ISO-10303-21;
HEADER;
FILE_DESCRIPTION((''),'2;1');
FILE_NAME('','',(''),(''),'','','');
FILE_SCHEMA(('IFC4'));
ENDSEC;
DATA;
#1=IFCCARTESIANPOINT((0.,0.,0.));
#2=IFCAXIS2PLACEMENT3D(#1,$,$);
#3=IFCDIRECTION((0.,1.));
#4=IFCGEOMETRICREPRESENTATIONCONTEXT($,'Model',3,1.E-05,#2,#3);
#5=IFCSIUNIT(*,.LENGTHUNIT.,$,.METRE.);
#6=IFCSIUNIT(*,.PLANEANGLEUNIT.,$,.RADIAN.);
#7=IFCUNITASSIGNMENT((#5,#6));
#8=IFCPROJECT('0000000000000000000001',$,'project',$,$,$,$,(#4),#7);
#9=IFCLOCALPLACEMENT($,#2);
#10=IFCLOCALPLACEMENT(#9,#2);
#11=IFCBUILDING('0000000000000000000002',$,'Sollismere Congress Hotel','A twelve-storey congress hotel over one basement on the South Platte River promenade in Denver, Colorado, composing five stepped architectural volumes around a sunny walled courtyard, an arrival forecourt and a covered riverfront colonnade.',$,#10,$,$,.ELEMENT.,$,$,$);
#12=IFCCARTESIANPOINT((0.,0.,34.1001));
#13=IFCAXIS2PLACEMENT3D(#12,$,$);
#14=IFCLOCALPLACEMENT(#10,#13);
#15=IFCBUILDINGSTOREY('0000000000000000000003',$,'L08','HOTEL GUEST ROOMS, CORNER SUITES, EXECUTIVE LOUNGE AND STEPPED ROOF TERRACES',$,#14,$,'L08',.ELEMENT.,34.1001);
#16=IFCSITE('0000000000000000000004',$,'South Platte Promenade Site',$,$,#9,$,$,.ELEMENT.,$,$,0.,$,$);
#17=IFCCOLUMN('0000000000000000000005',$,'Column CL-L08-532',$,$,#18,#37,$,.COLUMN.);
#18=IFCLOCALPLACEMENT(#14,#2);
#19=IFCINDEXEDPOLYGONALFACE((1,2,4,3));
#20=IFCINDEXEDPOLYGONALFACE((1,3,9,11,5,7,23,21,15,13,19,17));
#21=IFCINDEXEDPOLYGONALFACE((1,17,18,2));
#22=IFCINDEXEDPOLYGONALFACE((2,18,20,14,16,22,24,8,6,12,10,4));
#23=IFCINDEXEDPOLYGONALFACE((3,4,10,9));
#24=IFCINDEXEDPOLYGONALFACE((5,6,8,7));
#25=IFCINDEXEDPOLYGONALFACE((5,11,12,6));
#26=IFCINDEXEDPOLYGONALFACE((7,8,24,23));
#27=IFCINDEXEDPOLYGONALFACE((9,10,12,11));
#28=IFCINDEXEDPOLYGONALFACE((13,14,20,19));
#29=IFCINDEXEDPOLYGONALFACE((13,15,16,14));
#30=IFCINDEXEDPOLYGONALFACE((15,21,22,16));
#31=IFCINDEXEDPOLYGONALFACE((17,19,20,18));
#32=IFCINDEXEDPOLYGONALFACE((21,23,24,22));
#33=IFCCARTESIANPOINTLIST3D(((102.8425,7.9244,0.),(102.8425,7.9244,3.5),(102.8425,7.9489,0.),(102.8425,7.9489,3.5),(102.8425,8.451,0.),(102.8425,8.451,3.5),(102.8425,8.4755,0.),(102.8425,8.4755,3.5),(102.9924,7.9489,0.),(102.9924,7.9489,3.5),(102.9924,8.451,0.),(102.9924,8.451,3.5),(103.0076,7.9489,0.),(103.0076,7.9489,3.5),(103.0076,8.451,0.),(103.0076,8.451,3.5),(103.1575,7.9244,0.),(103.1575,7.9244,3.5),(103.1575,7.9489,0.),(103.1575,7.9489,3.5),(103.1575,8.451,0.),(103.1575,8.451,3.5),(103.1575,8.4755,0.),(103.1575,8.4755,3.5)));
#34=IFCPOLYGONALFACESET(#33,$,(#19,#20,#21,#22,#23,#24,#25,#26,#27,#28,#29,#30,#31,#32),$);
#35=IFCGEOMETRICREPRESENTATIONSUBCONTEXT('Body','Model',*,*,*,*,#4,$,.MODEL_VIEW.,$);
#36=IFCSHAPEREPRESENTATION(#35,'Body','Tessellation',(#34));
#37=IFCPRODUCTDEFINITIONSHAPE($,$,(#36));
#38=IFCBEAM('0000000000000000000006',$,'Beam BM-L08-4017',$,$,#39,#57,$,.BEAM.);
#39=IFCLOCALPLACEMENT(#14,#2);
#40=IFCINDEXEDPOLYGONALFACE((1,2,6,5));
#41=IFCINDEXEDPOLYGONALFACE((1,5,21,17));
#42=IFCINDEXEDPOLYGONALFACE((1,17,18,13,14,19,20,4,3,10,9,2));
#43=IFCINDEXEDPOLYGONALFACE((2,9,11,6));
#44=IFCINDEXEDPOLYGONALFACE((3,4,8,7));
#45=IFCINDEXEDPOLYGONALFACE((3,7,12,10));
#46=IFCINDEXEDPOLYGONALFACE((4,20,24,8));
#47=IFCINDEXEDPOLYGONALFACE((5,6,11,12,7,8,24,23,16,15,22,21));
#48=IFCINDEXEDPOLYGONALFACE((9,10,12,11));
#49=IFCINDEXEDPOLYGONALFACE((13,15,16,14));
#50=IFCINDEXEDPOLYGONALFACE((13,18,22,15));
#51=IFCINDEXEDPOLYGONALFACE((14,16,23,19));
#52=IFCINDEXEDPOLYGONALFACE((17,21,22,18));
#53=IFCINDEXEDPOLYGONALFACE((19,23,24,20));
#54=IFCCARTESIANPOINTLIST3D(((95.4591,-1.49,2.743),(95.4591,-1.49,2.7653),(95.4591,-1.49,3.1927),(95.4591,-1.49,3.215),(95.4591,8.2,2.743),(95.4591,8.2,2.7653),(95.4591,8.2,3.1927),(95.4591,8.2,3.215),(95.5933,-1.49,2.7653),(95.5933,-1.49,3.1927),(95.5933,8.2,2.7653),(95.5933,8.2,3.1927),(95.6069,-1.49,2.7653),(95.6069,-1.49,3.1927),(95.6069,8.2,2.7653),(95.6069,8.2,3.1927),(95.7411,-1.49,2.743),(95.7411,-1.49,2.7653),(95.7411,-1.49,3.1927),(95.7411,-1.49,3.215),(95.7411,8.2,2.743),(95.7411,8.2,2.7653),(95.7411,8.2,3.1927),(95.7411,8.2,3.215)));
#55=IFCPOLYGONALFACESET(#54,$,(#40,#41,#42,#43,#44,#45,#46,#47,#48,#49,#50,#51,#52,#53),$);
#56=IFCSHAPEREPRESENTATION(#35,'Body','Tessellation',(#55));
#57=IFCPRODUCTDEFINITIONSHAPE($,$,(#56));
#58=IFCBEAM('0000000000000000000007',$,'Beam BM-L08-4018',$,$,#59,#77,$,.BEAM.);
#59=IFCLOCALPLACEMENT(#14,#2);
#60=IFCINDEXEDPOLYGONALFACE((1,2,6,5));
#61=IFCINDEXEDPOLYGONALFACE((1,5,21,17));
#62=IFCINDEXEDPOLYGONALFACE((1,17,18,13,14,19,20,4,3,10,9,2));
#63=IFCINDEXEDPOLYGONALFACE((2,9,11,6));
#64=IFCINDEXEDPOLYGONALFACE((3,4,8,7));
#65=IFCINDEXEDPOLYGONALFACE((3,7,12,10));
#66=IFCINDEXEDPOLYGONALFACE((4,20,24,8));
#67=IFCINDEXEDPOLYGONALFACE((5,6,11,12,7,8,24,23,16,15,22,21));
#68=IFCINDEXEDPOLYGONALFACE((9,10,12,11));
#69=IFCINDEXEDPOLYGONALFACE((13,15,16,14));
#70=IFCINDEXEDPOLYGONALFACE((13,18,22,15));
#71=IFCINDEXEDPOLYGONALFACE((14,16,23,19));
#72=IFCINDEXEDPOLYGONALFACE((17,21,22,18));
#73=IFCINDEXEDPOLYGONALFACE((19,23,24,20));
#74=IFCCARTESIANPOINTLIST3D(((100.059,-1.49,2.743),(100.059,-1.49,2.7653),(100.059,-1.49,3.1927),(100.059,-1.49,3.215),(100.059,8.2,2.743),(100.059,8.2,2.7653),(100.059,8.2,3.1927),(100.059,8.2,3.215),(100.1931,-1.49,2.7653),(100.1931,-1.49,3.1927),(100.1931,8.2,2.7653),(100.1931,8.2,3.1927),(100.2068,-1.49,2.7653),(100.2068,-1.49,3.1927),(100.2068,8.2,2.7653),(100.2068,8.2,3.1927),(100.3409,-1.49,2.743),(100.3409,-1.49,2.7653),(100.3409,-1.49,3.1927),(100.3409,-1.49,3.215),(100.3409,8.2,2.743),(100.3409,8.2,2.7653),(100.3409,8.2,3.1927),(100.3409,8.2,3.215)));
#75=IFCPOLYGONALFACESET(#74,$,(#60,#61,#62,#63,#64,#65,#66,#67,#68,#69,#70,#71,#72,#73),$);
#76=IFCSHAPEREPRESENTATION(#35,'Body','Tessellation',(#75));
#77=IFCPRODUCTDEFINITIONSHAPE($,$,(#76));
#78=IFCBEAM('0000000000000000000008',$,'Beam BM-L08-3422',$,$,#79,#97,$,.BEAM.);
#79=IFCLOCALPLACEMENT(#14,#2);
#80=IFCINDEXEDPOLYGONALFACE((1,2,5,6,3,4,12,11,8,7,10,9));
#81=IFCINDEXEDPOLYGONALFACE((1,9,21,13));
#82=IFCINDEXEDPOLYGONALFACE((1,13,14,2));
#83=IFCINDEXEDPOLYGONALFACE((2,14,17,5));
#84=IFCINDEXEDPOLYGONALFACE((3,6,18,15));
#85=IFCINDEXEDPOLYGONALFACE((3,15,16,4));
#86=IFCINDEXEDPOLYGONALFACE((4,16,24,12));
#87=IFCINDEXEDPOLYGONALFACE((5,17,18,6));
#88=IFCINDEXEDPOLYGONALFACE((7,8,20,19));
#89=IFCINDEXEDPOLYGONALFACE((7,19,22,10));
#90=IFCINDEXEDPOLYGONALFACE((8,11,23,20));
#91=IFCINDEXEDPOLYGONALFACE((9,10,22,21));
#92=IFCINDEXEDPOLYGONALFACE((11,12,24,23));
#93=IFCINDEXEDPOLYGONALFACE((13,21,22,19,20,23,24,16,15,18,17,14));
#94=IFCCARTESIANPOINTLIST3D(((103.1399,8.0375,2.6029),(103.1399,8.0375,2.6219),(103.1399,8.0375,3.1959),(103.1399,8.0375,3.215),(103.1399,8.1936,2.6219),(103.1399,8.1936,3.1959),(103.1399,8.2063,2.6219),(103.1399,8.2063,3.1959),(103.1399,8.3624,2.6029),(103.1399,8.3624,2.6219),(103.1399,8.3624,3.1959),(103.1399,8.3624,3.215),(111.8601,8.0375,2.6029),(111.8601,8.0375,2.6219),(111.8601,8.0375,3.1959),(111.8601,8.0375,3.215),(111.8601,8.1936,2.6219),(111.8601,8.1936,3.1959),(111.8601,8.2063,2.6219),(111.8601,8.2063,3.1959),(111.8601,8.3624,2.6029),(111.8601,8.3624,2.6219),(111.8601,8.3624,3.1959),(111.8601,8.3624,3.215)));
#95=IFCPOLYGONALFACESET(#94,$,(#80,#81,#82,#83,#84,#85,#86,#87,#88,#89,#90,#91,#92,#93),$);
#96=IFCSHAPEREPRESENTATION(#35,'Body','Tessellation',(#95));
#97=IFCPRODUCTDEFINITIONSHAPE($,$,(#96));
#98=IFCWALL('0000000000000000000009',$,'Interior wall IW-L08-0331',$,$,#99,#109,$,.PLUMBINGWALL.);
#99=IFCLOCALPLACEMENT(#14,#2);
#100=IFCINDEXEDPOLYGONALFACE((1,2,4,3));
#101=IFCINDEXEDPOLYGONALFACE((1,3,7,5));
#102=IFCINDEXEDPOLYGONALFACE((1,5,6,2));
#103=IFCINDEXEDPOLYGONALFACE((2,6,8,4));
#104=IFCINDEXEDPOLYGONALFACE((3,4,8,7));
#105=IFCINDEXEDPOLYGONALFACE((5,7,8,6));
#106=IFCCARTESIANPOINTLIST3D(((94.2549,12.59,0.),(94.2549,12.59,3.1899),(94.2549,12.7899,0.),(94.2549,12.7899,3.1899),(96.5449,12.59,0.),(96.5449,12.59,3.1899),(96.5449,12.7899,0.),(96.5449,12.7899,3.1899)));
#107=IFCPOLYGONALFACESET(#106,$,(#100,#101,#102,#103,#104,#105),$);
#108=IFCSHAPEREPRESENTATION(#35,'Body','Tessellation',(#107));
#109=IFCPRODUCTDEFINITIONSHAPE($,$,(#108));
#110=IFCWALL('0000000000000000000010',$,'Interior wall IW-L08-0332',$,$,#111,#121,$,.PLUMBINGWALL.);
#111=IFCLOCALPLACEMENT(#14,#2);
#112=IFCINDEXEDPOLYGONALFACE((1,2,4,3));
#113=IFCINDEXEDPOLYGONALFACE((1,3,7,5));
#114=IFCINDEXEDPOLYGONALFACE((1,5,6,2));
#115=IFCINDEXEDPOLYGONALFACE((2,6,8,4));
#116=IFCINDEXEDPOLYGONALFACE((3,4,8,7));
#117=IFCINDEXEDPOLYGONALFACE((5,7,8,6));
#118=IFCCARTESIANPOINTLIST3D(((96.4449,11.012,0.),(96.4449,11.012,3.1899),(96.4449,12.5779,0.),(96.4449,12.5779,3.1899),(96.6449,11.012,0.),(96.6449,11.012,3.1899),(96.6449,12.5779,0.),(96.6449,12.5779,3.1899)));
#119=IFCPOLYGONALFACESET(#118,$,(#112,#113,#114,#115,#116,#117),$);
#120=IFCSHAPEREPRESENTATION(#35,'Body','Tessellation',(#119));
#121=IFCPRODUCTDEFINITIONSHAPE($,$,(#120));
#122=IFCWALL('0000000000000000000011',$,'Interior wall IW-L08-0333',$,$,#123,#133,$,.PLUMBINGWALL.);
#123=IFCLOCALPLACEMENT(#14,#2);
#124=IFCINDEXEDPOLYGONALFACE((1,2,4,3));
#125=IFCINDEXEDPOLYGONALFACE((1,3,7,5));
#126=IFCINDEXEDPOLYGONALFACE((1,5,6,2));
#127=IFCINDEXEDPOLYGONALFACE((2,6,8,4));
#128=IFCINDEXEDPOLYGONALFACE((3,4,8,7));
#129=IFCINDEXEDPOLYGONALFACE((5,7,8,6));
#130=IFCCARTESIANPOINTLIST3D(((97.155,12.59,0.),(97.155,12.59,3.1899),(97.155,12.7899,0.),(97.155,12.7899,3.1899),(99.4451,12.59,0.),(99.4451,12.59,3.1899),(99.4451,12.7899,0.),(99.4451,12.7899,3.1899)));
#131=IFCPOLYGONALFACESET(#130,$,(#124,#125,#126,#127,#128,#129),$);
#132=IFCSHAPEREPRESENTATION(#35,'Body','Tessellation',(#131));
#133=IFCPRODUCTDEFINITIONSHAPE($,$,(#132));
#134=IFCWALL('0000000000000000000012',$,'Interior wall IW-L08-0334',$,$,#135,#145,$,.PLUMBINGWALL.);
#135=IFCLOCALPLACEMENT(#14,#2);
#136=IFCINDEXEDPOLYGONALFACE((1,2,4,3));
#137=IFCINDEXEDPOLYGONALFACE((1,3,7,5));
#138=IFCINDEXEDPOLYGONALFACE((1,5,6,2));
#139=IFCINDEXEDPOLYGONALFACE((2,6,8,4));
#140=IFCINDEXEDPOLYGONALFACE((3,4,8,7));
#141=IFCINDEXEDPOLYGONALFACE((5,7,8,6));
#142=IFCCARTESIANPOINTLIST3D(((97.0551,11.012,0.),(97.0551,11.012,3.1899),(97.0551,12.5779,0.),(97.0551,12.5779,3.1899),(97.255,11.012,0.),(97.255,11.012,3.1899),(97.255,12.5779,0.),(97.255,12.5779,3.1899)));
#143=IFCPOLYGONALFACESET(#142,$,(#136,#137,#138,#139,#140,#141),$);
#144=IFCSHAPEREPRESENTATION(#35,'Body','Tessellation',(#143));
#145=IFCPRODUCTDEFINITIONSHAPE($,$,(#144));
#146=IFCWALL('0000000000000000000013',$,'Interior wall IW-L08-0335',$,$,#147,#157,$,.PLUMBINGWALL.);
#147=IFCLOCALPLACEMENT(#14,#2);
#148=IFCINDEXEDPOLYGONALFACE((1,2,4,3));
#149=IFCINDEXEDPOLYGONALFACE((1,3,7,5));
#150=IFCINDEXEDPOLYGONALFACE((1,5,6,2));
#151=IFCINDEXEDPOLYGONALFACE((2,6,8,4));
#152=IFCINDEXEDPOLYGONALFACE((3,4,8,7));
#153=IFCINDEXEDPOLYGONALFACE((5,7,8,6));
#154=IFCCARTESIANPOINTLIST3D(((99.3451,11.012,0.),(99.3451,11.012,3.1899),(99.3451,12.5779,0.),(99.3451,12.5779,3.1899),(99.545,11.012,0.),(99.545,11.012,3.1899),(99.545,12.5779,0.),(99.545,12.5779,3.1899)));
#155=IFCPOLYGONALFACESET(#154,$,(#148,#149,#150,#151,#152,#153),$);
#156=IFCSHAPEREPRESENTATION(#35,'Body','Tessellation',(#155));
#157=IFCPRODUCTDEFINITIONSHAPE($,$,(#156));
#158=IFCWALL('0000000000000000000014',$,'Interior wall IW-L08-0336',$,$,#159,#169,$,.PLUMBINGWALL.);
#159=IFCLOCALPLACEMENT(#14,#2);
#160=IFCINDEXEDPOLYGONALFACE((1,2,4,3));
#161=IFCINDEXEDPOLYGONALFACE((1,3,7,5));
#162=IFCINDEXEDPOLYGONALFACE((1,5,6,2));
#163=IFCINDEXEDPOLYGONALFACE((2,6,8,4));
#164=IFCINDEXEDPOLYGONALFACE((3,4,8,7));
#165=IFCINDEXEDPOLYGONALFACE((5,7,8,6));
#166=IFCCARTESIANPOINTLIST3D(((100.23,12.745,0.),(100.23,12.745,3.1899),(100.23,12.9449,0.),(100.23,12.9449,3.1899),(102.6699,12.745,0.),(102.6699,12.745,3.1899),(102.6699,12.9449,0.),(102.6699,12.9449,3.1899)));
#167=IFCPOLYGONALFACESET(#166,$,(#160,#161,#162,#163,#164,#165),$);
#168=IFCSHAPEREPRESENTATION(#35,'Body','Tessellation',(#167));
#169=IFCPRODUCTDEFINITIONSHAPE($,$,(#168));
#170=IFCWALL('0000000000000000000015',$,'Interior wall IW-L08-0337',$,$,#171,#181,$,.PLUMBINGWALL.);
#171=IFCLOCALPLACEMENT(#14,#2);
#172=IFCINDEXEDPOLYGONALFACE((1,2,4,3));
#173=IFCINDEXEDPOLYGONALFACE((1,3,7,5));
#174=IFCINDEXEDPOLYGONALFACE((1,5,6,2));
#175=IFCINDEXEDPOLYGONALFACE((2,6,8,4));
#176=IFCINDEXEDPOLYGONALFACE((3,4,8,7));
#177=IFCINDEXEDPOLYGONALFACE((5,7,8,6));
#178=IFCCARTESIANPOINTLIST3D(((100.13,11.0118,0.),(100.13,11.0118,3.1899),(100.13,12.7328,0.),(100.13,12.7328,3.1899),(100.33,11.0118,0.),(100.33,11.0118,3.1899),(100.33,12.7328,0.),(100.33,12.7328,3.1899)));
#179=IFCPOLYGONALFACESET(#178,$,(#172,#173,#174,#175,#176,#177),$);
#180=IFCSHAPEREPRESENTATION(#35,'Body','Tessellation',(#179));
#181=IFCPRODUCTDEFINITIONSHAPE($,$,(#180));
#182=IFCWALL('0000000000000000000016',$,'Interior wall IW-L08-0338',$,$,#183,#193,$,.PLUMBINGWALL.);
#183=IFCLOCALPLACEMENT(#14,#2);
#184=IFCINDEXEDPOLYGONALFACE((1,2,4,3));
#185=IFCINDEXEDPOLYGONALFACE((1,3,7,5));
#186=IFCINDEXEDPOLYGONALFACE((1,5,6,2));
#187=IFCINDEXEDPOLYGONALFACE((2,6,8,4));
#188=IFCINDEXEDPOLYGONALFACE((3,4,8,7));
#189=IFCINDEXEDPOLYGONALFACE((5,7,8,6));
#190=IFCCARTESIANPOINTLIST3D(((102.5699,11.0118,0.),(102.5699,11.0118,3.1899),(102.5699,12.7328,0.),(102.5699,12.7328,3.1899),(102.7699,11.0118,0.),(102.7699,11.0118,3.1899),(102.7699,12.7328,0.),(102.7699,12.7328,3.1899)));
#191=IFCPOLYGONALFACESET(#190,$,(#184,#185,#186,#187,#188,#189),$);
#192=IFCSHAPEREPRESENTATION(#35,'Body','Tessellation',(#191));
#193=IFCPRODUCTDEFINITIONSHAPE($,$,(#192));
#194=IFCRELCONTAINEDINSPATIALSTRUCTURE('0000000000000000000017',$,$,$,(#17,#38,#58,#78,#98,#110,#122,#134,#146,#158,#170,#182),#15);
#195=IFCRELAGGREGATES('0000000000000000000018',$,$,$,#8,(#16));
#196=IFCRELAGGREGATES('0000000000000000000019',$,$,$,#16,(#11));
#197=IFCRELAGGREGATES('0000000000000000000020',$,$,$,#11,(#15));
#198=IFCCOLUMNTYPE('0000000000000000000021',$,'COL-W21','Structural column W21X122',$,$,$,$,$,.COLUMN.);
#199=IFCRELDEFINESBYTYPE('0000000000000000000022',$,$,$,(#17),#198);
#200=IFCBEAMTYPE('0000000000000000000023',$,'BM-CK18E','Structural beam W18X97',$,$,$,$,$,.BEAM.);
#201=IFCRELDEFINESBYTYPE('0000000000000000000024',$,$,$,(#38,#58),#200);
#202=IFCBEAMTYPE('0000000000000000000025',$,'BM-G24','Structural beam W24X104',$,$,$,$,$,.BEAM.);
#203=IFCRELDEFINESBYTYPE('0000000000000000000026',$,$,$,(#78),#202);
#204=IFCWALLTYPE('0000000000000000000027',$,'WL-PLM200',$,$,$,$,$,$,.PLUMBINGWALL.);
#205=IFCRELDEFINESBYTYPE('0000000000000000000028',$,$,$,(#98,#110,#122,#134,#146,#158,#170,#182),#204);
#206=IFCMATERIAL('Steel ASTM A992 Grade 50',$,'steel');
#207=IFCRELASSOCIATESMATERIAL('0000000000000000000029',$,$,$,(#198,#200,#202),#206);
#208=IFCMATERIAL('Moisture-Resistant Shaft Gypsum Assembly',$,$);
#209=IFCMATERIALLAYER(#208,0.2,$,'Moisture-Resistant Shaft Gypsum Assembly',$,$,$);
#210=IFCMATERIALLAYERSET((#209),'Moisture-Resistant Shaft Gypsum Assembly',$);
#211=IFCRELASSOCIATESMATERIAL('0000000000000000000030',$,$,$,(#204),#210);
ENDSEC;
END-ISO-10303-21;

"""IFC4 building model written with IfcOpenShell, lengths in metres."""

from ifc_helpers import new_model, si_unit, direction, frame, frame_2d, origin, origin_2d, place, context, subcontext, project, spatial, rectangle, i_section, extrude, material, layer, layer_set, material_profile, profile_set, type_object, element, save


model = new_model("IFC4")

# Units and contexts
model_context = context("Model", 3, precision=1e-05, world=origin(), true_north=direction((0.0, 1.0)))
body_context = subcontext(model_context, "Body", "Model", "MODEL_VIEW")
ifc_project = project(units=[si_unit("LENGTHUNIT", "METRE"), si_unit("PLANEANGLEUNIT", "RADIAN")], contexts=[model_context])

# Site, building, storey
site_placement = place(None, origin())
site = spatial("IfcSite", under=ifc_project, at=site_placement, Name="South Platte Promenade Site", CompositionType="ELEMENT", RefElevation=0.0)
building_placement = place(site_placement, origin())
building = spatial("IfcBuilding", under=site, at=building_placement, Name="Sollismere Congress Hotel", Description="A twelve-storey congress hotel over one basement on the South Platte River promenade in Denver, Colorado, composing five stepped architectural volumes around a sunny walled courtyard, an arrival forecourt and a covered riverfront colonnade.", CompositionType="ELEMENT")
storey_placement = place(building_placement, frame((0.0, 0.0, 34.1001)))
storey = spatial("IfcBuildingStorey", under=building, at=storey_placement, Name="L08", Description="HOTEL GUEST ROOMS, CORNER SUITES, EXECUTIVE LOUNGE AND STEPPED ROOF TERRACES", LongName="L08", CompositionType="ELEMENT", Elevation=34.1001)

# Column
ifc_material_1 = material(Name="Steel ASTM A992 Grade 50", Category="steel")
ifc_material_profile_1 = material_profile(ifc_material_1, i_section(OverallWidth=0.3149, OverallDepth=0.551, WebThickness=0.0151, FlangeThickness=0.0244, at=origin_2d()), Name="W21X122")
ifc_profile_set_1 = profile_set([ifc_material_profile_1], Name="Steel ASTM A992 Grade 50")
column_type = type_object("IfcColumnType", Name="COL-W21", Description="Structural column W21X122", PredefinedType="COLUMN", material=ifc_profile_set_1)
column_placement = place(storey_placement, frame((103.0, 8.2, 0.0), z_axis=(0.0, 0.0, 1.0), x_axis=(1.0, 0.0, 0.0)))
element("IfcColumn", 1, at=column_placement, inside=storey, type_object=column_type, Name="Column CL-L08-532", PredefinedType="COLUMN", context=body_context, shape_type="SweptSolid", body=[
    extrude(i_section(OverallWidth=0.3149, OverallDepth=0.551, WebThickness=0.0151, FlangeThickness=0.0244, at=origin_2d()), origin(), (0.0, 0.0, 1.0), 3.5),
])

# Beams
ifc_material_profile_2 = material_profile(ifc_material_1, i_section(OverallWidth=0.282, OverallDepth=0.4719, WebThickness=0.0137, FlangeThickness=0.0222, at=origin_2d()), Name="W18X97")
ifc_profile_set_2 = profile_set([ifc_material_profile_2], Name="Steel ASTM A992 Grade 50")
beam_type_1 = type_object("IfcBeamType", Name="BM-CK18E", Description="Structural beam W18X97", PredefinedType="BEAM", material=ifc_profile_set_2)
for number, where, z_axis, x_axis, name in (
    (2, (95.6001, 8.2, 2.979), (0.0, -1.0, 0.0), (1.0, 0.0, 0.0), "Beam BM-L08-4017"),
    (3, (100.2, 8.2, 2.979), (0.0, -1.0, 0.0), (1.0, 0.0, 0.0), "Beam BM-L08-4018"),
):
    element("IfcBeam", number, at=place(storey_placement, frame(where, z_axis=z_axis, x_axis=x_axis)), inside=storey, type_object=beam_type_1, Name=name, PredefinedType="BEAM", context=body_context, shape_type="SweptSolid", body=[
        extrude(i_section(OverallWidth=0.282, OverallDepth=0.4719, WebThickness=0.0137, FlangeThickness=0.0222, at=origin_2d()), origin(), (0.0, 0.0, 1.0), 9.6899),
    ])
ifc_material_profile_3 = material_profile(ifc_material_1, i_section(OverallWidth=0.325, OverallDepth=0.6121, WebThickness=0.0127, FlangeThickness=0.019, at=origin_2d()), Name="W24X104")
ifc_profile_set_3 = profile_set([ifc_material_profile_3], Name="Steel ASTM A992 Grade 50")
beam_type_2 = type_object("IfcBeamType", Name="BM-G24", Description="Structural beam W24X104", PredefinedType="BEAM", material=ifc_profile_set_3)
beam_placement = place(storey_placement, frame((103.1399, 8.2, 2.9089), z_axis=(1.0, 0.0, 0.0), x_axis=(0.0, 1.0, 0.0)))
element("IfcBeam", 4, at=beam_placement, inside=storey, type_object=beam_type_2, Name="Beam BM-L08-3422", PredefinedType="BEAM", context=body_context, shape_type="SweptSolid", body=[
    extrude(i_section(OverallWidth=0.325, OverallDepth=0.6121, WebThickness=0.0127, FlangeThickness=0.019, at=origin_2d()), origin(), (0.0, 0.0, 1.0), 8.7202),
])

# Walls
ifc_material_2 = material(Name="Moisture-Resistant Shaft Gypsum Assembly")
ifc_layer_1 = layer(ifc_material_2, 0.2, Name="Moisture-Resistant Shaft Gypsum Assembly")
ifc_layer_set_1 = layer_set([ifc_layer_1], Name="Moisture-Resistant Shaft Gypsum Assembly")
wall_type_1 = type_object("IfcWallType", Name="WL-PLM200", PredefinedType="PLUMBINGWALL", material=ifc_layer_set_1)
wall_1_placement = place(storey_placement, frame((94.2549, 12.6899, 0.0), z_axis=(0.0, 0.0, 1.0), x_axis=(1.0, 0.0, 0.0)))
element("IfcWall", 5, at=wall_1_placement, inside=storey, type_object=wall_type_1, Name="Interior wall IW-L08-0331", PredefinedType="PLUMBINGWALL", context=body_context, shape_type="SweptSolid", body=[
    extrude(rectangle(XDim=2.29, YDim=0.2, at=frame_2d((1.145, 0.0))), origin(), (0.0, 0.0, 1.0), 3.1899),
])
wall_2_placement = place(storey_placement, frame((96.5449, 11.012, 0.0), z_axis=(0.0, 0.0, 1.0), x_axis=(0.0, 1.0, 0.0)))
element("IfcWall", 6, at=wall_2_placement, inside=storey, type_object=wall_type_1, Name="Interior wall IW-L08-0332", PredefinedType="PLUMBINGWALL", context=body_context, shape_type="SweptSolid", body=[
    extrude(rectangle(XDim=1.5659, YDim=0.2, at=frame_2d((0.783, 0.0))), origin(), (0.0, 0.0, 1.0), 3.1899),
])
wall_3_placement = place(storey_placement, frame((97.155, 12.6899, 0.0), z_axis=(0.0, 0.0, 1.0), x_axis=(1.0, 0.0, 0.0)))
element("IfcWall", 7, at=wall_3_placement, inside=storey, type_object=wall_type_1, Name="Interior wall IW-L08-0333", PredefinedType="PLUMBINGWALL", context=body_context, shape_type="SweptSolid", body=[
    extrude(rectangle(XDim=2.29, YDim=0.2, at=frame_2d((1.145, 0.0))), origin(), (0.0, 0.0, 1.0), 3.1899),
])
for number, where, z_axis, x_axis, name in (
    (8, (97.155, 11.012, 0.0), (0.0, 0.0, 1.0), (0.0, 1.0, 0.0), "Interior wall IW-L08-0334"),
    (9, (99.4451, 11.012, 0.0), (0.0, 0.0, 1.0), (0.0, 1.0, 0.0), "Interior wall IW-L08-0335"),
):
    element("IfcWall", number, at=place(storey_placement, frame(where, z_axis=z_axis, x_axis=x_axis)), inside=storey, type_object=wall_type_1, Name=name, PredefinedType="PLUMBINGWALL", context=body_context, shape_type="SweptSolid", body=[
        extrude(rectangle(XDim=1.5659, YDim=0.2, at=frame_2d((0.783, 0.0))), origin(), (0.0, 0.0, 1.0), 3.1899),
    ])
wall_4_placement = place(storey_placement, frame((100.23, 12.845, 0.0), z_axis=(0.0, 0.0, 1.0), x_axis=(1.0, 0.0, 0.0)))
element("IfcWall", 10, at=wall_4_placement, inside=storey, type_object=wall_type_1, Name="Interior wall IW-L08-0336", PredefinedType="PLUMBINGWALL", context=body_context, shape_type="SweptSolid", body=[
    extrude(rectangle(XDim=2.4399, YDim=0.2, at=frame_2d((1.22, 0.0))), origin(), (0.0, 0.0, 1.0), 3.1899),
])
for number, where, z_axis, x_axis, name in (
    (11, (100.23, 11.012, 0.0), (0.0, 0.0, 1.0), (0.0, 1.0, 0.0), "Interior wall IW-L08-0337"),
    (12, (102.6699, 11.012, 0.0), (0.0, 0.0, 1.0), (0.0, 1.0, 0.0), "Interior wall IW-L08-0338"),
):
    element("IfcWall", number, at=place(storey_placement, frame(where, z_axis=z_axis, x_axis=x_axis)), inside=storey, type_object=wall_type_1, Name=name, PredefinedType="PLUMBINGWALL", context=body_context, shape_type="SweptSolid", body=[
        extrude(rectangle(XDim=1.7209, YDim=0.2, at=frame_2d((0.8604, 0.0))), origin(), (0.0, 0.0, 1.0), 3.1899),
    ])

save(model, "model.ifc")
